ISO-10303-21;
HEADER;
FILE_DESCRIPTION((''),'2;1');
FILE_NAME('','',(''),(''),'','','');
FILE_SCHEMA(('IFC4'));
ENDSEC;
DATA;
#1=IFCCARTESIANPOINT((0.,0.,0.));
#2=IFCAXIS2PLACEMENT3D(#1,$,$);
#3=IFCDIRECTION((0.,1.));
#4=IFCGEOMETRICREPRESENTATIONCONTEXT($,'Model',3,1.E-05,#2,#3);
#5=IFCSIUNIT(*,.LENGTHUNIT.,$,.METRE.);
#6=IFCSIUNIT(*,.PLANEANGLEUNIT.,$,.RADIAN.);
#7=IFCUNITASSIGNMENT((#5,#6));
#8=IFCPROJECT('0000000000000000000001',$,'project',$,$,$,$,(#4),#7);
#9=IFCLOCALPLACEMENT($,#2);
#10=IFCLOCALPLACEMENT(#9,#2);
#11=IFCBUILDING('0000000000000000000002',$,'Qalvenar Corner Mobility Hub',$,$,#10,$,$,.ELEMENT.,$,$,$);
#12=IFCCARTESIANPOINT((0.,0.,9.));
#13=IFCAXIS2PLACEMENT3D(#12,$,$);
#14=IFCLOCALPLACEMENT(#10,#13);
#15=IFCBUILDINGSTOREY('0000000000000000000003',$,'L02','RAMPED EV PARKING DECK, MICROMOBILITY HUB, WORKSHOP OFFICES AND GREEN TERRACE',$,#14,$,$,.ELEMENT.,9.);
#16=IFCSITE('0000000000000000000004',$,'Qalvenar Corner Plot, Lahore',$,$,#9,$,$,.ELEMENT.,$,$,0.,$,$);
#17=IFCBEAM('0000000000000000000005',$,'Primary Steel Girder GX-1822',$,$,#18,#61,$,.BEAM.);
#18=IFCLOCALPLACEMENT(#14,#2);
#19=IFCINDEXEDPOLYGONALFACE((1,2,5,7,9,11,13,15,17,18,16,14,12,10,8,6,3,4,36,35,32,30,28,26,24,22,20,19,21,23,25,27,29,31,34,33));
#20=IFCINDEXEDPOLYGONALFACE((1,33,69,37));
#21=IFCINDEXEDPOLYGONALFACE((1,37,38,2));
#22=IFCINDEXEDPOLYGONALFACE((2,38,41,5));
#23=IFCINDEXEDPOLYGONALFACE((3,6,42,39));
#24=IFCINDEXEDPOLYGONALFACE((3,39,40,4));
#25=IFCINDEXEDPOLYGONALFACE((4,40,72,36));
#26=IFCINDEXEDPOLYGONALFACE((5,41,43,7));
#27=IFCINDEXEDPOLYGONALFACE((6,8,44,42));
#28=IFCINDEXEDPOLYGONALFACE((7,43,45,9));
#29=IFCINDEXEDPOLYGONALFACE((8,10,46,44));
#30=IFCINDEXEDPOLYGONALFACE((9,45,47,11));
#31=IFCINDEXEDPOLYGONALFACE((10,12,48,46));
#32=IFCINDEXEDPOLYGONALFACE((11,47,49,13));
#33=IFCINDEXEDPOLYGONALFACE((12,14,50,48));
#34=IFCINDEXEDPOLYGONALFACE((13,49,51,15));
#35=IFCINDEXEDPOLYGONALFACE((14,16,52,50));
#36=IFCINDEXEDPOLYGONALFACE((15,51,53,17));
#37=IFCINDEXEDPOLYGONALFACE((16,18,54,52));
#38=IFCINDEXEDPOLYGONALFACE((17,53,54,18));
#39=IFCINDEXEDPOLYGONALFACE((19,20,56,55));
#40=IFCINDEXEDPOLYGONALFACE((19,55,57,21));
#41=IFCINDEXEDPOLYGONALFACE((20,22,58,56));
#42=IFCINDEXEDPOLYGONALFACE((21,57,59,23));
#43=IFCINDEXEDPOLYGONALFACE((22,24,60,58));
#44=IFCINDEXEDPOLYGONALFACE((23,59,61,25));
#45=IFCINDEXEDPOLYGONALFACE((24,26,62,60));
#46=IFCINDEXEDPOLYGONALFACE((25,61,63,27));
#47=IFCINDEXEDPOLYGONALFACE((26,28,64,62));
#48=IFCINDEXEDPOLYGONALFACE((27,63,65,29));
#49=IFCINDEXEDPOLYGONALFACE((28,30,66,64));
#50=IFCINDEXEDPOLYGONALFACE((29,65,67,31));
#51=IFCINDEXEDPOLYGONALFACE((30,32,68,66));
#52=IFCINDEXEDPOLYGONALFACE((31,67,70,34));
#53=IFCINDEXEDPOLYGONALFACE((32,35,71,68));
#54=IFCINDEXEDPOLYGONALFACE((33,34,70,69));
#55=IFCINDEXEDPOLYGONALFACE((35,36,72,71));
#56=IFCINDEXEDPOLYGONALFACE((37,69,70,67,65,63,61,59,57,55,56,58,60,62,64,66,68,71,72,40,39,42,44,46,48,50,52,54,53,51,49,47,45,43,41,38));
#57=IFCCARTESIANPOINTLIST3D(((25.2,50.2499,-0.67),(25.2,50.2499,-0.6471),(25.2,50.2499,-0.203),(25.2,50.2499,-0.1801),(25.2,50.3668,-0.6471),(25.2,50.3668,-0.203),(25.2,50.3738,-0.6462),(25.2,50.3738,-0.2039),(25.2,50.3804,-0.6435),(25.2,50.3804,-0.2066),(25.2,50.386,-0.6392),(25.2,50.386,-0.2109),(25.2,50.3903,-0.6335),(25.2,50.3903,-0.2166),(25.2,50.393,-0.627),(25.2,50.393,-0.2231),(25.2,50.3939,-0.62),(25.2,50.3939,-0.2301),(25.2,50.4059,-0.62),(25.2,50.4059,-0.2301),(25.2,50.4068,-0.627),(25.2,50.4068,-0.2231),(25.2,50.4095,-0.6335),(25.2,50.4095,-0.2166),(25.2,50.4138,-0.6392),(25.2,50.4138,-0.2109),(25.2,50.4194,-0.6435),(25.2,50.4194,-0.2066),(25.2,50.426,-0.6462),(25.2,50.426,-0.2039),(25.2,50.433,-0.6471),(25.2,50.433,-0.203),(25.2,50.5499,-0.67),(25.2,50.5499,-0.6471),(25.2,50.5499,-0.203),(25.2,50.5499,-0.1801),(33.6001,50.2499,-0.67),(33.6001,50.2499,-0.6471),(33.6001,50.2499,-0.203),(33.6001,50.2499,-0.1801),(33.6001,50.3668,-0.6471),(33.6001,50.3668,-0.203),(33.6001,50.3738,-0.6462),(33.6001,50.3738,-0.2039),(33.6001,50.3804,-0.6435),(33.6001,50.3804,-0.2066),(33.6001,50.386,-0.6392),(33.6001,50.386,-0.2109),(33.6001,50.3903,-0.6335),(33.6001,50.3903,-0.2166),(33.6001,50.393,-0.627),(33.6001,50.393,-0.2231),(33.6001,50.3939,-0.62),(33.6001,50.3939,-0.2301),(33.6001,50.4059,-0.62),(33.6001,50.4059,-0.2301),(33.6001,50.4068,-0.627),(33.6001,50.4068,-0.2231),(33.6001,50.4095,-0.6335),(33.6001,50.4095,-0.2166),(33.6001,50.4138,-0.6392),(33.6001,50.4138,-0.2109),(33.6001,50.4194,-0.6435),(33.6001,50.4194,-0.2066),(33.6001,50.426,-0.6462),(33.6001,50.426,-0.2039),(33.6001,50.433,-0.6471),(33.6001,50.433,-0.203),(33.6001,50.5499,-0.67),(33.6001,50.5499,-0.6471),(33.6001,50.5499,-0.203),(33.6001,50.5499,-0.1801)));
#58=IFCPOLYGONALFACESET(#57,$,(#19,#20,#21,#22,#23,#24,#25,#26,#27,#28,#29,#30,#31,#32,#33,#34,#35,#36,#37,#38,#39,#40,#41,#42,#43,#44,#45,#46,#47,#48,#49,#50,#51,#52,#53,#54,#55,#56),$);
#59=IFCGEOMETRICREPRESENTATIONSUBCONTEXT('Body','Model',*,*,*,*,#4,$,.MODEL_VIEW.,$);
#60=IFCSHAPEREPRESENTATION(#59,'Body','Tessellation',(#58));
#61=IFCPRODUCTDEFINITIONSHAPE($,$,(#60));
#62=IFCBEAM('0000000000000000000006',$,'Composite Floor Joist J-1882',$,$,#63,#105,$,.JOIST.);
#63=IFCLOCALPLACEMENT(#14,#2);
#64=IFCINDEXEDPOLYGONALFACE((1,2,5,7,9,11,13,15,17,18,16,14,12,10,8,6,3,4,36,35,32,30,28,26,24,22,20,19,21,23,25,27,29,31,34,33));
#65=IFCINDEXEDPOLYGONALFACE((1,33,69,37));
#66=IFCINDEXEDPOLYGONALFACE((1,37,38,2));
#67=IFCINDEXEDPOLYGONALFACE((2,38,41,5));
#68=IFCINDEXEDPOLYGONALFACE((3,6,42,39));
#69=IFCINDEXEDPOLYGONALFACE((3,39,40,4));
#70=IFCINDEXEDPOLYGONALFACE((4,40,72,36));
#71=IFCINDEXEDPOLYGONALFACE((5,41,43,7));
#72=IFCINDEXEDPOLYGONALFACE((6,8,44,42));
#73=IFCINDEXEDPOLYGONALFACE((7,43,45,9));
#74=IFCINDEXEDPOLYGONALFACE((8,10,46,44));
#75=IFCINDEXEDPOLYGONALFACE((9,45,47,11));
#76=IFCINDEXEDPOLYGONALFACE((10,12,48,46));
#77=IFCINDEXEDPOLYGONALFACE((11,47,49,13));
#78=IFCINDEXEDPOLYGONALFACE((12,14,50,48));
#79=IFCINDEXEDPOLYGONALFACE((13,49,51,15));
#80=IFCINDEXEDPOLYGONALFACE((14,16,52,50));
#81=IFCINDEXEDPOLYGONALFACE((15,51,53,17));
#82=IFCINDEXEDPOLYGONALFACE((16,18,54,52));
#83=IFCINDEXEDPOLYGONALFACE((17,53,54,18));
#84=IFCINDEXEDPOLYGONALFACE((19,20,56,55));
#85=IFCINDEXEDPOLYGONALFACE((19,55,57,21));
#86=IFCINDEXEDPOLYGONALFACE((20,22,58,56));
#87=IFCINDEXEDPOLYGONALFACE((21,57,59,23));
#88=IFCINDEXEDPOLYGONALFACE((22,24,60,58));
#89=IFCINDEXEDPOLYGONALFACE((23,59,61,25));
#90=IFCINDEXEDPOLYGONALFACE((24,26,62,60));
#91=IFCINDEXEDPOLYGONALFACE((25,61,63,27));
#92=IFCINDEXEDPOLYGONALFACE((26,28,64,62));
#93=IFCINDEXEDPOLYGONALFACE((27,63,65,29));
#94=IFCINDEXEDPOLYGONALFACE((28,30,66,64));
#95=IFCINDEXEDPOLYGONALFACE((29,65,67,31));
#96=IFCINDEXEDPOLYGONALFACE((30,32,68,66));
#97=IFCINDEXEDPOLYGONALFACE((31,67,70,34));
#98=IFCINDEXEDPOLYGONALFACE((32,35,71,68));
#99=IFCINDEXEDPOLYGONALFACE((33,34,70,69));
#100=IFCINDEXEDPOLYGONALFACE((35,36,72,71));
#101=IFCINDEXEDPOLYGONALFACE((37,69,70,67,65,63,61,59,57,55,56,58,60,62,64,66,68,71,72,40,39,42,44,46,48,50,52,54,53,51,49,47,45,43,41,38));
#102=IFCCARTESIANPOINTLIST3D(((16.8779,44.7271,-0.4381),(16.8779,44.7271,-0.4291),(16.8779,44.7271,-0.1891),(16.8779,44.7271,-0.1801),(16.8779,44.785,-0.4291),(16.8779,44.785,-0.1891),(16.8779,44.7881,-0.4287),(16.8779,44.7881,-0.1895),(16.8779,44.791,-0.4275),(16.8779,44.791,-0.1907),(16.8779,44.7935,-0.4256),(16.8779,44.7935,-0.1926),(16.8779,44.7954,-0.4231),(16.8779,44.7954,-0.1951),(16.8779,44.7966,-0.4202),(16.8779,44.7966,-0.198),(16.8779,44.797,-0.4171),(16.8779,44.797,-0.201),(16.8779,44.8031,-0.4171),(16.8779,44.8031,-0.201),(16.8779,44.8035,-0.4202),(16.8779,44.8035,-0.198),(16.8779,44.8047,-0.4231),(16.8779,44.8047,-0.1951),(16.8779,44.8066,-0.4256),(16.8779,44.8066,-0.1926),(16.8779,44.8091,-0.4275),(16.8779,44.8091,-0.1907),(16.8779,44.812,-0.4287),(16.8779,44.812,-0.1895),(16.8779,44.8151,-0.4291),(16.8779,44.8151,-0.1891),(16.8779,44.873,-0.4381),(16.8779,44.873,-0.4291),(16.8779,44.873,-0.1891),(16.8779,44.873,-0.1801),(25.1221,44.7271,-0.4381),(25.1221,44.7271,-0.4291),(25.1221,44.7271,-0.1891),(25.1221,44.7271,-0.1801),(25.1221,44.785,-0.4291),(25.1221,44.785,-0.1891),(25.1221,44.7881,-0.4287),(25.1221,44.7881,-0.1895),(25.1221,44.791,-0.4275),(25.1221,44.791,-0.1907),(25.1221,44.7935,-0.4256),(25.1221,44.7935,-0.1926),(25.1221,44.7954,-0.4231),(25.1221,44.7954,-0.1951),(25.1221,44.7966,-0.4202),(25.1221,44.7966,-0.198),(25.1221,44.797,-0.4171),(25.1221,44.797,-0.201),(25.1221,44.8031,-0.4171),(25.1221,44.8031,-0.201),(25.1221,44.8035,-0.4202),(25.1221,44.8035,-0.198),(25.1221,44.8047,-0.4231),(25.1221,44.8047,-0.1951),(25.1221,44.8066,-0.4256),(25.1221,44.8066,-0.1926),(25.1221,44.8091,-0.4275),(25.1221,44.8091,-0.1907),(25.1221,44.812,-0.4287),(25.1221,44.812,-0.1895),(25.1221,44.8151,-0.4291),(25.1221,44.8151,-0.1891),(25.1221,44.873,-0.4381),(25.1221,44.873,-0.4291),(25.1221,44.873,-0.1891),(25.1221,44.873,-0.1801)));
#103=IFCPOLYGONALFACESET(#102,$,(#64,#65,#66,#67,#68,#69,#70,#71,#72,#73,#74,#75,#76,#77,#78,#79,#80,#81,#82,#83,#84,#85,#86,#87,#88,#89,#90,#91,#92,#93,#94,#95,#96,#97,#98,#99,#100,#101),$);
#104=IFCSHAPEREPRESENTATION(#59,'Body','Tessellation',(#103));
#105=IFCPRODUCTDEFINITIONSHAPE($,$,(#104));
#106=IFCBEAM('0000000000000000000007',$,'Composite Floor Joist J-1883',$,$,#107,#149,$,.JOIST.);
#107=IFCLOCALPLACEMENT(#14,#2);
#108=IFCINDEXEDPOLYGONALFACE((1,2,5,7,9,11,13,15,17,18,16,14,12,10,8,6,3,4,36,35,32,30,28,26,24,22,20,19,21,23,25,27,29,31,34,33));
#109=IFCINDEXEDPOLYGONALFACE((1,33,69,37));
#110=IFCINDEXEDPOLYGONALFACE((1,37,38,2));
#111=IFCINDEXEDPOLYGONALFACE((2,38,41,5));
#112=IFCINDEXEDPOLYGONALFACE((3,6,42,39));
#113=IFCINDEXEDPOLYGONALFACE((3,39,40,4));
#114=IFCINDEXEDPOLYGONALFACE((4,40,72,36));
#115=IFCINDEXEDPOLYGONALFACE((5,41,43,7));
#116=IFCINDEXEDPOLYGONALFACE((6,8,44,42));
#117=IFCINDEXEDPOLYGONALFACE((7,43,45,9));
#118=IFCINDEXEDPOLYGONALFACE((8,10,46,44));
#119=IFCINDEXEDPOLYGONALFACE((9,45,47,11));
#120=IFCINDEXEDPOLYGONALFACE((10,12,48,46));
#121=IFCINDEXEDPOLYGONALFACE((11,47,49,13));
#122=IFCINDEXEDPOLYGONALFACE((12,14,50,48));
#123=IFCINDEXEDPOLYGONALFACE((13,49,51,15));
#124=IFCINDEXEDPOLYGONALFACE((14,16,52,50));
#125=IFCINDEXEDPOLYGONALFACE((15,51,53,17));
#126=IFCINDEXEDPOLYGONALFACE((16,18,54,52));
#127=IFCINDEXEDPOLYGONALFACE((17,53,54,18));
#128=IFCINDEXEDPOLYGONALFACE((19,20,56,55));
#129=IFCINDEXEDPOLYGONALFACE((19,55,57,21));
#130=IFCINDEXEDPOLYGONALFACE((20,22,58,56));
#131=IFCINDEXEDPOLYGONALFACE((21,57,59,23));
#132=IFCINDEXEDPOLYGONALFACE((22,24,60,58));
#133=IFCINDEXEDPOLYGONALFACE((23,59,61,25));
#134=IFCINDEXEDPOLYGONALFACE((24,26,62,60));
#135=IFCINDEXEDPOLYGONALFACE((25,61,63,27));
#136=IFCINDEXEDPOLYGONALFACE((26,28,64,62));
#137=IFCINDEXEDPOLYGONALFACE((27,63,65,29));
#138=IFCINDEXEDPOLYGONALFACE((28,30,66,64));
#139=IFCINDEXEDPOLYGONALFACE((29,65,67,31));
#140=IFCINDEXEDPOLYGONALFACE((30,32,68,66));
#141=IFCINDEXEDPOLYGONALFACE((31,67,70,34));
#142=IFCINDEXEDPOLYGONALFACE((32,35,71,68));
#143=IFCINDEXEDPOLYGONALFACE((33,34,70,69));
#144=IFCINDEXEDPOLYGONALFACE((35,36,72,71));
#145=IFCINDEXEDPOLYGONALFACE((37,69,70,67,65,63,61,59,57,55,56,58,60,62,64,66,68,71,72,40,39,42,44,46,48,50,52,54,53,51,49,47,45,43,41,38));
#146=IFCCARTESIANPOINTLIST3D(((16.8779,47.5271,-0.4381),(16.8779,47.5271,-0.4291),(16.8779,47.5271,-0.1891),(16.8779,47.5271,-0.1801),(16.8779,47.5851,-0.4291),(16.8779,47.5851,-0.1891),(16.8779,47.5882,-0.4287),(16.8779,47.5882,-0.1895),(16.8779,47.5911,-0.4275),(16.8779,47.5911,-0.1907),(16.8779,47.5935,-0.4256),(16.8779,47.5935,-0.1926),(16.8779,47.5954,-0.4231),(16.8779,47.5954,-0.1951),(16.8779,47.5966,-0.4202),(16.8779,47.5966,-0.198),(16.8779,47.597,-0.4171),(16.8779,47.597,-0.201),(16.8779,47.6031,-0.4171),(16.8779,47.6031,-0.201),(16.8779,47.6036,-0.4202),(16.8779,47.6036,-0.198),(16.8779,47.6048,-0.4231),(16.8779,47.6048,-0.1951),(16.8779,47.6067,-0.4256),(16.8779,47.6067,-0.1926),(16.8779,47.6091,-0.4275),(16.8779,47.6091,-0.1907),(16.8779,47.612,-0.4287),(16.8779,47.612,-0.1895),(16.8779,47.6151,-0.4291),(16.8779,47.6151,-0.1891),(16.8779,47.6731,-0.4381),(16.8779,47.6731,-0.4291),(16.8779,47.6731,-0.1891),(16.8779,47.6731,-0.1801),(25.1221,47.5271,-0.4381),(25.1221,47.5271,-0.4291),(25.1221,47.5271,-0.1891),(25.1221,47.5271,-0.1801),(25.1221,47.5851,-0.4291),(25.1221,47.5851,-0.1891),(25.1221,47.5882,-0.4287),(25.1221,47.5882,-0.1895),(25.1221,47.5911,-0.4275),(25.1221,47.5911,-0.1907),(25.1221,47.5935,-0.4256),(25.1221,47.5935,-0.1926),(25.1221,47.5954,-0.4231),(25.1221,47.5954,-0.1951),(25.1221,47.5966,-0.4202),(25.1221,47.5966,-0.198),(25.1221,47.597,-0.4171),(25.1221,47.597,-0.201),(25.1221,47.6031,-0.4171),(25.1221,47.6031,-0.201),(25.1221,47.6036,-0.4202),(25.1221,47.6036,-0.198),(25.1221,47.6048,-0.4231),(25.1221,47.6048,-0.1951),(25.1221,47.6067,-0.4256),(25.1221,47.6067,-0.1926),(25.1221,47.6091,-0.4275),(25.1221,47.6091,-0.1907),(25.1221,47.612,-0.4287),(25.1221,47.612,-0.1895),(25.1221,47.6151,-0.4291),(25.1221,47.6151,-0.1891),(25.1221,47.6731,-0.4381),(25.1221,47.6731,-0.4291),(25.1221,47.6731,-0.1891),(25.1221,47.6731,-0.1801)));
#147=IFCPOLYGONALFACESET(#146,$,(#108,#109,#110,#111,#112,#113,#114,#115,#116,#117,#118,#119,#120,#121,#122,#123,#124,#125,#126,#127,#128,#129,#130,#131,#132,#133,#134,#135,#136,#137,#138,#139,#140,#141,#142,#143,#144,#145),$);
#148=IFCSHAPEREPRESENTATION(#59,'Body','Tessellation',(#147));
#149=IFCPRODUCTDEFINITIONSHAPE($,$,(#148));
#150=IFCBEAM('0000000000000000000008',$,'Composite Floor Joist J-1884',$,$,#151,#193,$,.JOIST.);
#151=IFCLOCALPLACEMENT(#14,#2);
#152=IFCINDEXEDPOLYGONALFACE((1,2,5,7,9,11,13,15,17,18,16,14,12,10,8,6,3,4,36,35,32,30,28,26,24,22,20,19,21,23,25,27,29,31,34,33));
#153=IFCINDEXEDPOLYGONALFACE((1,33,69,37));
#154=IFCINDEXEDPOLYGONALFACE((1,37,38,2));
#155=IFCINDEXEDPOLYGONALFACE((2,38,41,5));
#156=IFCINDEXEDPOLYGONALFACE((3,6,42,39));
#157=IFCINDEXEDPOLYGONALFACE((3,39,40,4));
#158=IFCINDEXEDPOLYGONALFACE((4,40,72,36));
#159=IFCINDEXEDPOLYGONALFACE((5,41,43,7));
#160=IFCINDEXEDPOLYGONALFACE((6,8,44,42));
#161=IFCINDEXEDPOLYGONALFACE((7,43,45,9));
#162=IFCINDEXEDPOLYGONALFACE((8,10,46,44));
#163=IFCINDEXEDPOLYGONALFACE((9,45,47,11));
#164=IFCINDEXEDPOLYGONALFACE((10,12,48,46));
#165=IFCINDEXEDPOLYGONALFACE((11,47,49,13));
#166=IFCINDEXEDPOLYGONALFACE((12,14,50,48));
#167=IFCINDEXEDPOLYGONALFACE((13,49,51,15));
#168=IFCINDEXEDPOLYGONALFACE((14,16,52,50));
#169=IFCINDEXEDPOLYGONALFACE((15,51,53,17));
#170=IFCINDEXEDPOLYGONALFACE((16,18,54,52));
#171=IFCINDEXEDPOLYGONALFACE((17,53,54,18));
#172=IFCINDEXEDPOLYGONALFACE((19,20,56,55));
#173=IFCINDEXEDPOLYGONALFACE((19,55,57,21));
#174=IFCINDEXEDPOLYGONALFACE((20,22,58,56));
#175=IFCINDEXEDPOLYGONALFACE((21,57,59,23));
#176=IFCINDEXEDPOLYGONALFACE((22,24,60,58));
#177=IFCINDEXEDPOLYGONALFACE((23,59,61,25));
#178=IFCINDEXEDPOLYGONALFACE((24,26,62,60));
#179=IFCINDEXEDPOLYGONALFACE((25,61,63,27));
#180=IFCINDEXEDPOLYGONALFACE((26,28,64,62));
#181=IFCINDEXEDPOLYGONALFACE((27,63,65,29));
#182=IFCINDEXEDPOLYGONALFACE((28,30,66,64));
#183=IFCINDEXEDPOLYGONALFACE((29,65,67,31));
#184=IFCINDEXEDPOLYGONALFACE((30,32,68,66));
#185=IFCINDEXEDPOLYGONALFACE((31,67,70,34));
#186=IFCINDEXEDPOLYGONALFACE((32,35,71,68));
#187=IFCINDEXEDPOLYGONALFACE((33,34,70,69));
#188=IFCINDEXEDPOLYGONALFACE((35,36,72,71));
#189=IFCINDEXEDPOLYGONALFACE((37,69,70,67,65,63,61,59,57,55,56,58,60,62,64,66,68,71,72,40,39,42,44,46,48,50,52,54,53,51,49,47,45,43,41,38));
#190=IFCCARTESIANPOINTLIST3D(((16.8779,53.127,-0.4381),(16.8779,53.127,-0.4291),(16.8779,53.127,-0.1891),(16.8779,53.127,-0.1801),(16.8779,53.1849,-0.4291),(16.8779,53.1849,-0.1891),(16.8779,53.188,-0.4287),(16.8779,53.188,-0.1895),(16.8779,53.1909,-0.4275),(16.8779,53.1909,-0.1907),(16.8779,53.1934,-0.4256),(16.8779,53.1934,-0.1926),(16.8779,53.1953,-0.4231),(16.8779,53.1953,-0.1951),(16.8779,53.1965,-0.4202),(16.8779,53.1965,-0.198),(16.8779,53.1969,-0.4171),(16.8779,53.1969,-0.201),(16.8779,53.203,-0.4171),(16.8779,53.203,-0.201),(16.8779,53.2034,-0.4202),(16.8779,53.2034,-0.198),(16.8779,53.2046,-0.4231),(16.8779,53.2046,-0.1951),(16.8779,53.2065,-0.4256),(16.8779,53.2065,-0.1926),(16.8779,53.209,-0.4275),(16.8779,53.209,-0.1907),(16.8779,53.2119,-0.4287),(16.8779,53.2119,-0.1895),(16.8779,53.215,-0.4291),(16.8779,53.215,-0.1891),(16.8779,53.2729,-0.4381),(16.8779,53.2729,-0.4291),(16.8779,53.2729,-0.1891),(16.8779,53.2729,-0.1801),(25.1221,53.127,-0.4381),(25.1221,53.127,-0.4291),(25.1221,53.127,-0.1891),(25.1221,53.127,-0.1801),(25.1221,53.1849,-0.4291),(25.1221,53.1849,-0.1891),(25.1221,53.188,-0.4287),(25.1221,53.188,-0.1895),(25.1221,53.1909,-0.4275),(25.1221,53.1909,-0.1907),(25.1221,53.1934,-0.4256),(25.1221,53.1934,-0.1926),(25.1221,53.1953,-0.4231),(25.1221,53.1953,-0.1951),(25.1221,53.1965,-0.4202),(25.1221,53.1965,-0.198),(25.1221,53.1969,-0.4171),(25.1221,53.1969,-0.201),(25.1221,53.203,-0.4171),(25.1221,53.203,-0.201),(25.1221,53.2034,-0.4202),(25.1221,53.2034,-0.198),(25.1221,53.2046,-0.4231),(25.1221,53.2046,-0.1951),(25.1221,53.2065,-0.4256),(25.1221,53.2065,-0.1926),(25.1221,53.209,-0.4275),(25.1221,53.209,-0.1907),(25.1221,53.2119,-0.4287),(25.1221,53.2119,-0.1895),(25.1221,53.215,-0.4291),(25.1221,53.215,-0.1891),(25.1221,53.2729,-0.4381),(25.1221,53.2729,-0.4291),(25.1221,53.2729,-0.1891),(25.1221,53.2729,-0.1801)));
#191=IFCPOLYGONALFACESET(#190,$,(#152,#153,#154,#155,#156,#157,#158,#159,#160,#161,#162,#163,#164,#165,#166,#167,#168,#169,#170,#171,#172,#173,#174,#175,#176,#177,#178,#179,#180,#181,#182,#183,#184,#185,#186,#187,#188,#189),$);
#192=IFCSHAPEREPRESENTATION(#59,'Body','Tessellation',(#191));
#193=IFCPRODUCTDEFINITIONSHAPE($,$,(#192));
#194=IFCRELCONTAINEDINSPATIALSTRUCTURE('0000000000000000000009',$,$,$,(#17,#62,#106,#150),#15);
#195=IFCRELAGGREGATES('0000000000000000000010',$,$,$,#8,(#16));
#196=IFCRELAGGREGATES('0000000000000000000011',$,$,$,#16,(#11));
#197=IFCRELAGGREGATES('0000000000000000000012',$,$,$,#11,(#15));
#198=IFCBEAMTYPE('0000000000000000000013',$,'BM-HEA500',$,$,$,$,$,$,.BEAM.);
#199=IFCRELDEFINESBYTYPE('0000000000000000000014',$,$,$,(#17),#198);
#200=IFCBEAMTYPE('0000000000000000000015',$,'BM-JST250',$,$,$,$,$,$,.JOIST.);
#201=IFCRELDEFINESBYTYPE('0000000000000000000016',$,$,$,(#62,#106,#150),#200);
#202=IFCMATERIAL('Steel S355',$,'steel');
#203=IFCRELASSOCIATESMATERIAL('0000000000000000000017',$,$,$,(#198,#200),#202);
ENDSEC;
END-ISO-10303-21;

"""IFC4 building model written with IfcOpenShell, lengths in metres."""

from ifc_helpers import new_model, si_unit, direction, frame, origin, origin_2d, place, context, subcontext, project, spatial, i_section, extrude, material, material_profile, profile_set, type_object, element, save


model = new_model("IFC4")

# Units and contexts
model_context = context("Model", 3, precision=1e-05, world=origin(), true_north=direction((0.0, 1.0)))
body_context = subcontext(model_context, "Body", "Model", "MODEL_VIEW")
ifc_project = project(units=[si_unit("LENGTHUNIT", "METRE"), si_unit("PLANEANGLEUNIT", "RADIAN")], contexts=[model_context])

# Site, building, storey
site_placement = place(None, origin())
site = spatial("IfcSite", under=ifc_project, at=site_placement, Name="Qalvenar Corner Plot, Lahore", CompositionType="ELEMENT", RefElevation=0.0)
building_placement = place(site_placement, origin())
building = spatial("IfcBuilding", under=site, at=building_placement, Name="Qalvenar Corner Mobility Hub", CompositionType="ELEMENT")
storey_placement = place(building_placement, frame((0.0, 0.0, 9.0)))
storey = spatial("IfcBuildingStorey", under=building, at=storey_placement, Name="L02", Description="RAMPED EV PARKING DECK, MICROMOBILITY HUB, WORKSHOP OFFICES AND GREEN TERRACE", CompositionType="ELEMENT", Elevation=9.0)

# Shared definitions
ifc_material_1 = material(Name="Steel S355", Category="steel")

# Beams
ifc_material_profile_1 = material_profile(ifc_material_1, i_section(OverallWidth=0.3, OverallDepth=0.49, WebThickness=0.012, FlangeThickness=0.0229, FilletRadius=0.0271, at=origin_2d()), Name="HEA500")
ifc_profile_set_1 = profile_set([ifc_material_profile_1], Name="Steel S355")
beam_type_1 = type_object("IfcBeamType", Name="BM-HEA500", PredefinedType="BEAM", material=ifc_profile_set_1)
beam_1_placement = place(storey_placement, frame((25.2, 50.3999, -0.425), z_axis=(1.0, 0.0, 0.0), x_axis=(0.0, 1.0, 0.0)))
element("IfcBeam", 1, at=beam_1_placement, inside=storey, type_object=beam_type_1, Name="Primary Steel Girder GX-1822", PredefinedType="BEAM", context=body_context, shape_type="SweptSolid", body=[
    extrude(i_section(OverallWidth=0.3, OverallDepth=0.49, WebThickness=0.012, FlangeThickness=0.0229, FilletRadius=0.0271, at=origin_2d()), origin(), (0.0, 0.0, 1.0), 8.4001),
])
ifc_material_profile_2 = material_profile(ifc_material_1, i_section(OverallWidth=0.146, OverallDepth=0.2581, WebThickness=0.0061, FlangeThickness=0.009, FilletRadius=0.012, at=origin_2d()), Name="W250x32.7")
ifc_profile_set_2 = profile_set([ifc_material_profile_2], Name="Steel S355")
beam_type_2 = type_object("IfcBeamType", Name="BM-JST250", PredefinedType="JOIST", material=ifc_profile_set_2)
for number, where, z_axis, x_axis, name in (
    (2, (16.8779, 44.8, -0.3091), (1.0, 0.0, 0.0), (0.0, 1.0, 0.0), "Composite Floor Joist J-1882"),
    (3, (16.8779, 47.6001, -0.3091), (1.0, 0.0, 0.0), (0.0, 1.0, 0.0), "Composite Floor Joist J-1883"),
    (4, (16.8779, 53.2, -0.3091), (1.0, 0.0, 0.0), (0.0, 1.0, 0.0), "Composite Floor Joist J-1884"),
):
    element("IfcBeam", number, at=place(storey_placement, frame(where, z_axis=z_axis, x_axis=x_axis)), inside=storey, type_object=beam_type_2, Name=name, PredefinedType="JOIST", context=body_context, shape_type="SweptSolid", body=[
        extrude(i_section(OverallWidth=0.146, OverallDepth=0.2581, WebThickness=0.0061, FlangeThickness=0.009, FilletRadius=0.012, at=origin_2d()), origin(), (0.0, 0.0, 1.0), 8.2441),
    ])

save(model, "model.ifc")
